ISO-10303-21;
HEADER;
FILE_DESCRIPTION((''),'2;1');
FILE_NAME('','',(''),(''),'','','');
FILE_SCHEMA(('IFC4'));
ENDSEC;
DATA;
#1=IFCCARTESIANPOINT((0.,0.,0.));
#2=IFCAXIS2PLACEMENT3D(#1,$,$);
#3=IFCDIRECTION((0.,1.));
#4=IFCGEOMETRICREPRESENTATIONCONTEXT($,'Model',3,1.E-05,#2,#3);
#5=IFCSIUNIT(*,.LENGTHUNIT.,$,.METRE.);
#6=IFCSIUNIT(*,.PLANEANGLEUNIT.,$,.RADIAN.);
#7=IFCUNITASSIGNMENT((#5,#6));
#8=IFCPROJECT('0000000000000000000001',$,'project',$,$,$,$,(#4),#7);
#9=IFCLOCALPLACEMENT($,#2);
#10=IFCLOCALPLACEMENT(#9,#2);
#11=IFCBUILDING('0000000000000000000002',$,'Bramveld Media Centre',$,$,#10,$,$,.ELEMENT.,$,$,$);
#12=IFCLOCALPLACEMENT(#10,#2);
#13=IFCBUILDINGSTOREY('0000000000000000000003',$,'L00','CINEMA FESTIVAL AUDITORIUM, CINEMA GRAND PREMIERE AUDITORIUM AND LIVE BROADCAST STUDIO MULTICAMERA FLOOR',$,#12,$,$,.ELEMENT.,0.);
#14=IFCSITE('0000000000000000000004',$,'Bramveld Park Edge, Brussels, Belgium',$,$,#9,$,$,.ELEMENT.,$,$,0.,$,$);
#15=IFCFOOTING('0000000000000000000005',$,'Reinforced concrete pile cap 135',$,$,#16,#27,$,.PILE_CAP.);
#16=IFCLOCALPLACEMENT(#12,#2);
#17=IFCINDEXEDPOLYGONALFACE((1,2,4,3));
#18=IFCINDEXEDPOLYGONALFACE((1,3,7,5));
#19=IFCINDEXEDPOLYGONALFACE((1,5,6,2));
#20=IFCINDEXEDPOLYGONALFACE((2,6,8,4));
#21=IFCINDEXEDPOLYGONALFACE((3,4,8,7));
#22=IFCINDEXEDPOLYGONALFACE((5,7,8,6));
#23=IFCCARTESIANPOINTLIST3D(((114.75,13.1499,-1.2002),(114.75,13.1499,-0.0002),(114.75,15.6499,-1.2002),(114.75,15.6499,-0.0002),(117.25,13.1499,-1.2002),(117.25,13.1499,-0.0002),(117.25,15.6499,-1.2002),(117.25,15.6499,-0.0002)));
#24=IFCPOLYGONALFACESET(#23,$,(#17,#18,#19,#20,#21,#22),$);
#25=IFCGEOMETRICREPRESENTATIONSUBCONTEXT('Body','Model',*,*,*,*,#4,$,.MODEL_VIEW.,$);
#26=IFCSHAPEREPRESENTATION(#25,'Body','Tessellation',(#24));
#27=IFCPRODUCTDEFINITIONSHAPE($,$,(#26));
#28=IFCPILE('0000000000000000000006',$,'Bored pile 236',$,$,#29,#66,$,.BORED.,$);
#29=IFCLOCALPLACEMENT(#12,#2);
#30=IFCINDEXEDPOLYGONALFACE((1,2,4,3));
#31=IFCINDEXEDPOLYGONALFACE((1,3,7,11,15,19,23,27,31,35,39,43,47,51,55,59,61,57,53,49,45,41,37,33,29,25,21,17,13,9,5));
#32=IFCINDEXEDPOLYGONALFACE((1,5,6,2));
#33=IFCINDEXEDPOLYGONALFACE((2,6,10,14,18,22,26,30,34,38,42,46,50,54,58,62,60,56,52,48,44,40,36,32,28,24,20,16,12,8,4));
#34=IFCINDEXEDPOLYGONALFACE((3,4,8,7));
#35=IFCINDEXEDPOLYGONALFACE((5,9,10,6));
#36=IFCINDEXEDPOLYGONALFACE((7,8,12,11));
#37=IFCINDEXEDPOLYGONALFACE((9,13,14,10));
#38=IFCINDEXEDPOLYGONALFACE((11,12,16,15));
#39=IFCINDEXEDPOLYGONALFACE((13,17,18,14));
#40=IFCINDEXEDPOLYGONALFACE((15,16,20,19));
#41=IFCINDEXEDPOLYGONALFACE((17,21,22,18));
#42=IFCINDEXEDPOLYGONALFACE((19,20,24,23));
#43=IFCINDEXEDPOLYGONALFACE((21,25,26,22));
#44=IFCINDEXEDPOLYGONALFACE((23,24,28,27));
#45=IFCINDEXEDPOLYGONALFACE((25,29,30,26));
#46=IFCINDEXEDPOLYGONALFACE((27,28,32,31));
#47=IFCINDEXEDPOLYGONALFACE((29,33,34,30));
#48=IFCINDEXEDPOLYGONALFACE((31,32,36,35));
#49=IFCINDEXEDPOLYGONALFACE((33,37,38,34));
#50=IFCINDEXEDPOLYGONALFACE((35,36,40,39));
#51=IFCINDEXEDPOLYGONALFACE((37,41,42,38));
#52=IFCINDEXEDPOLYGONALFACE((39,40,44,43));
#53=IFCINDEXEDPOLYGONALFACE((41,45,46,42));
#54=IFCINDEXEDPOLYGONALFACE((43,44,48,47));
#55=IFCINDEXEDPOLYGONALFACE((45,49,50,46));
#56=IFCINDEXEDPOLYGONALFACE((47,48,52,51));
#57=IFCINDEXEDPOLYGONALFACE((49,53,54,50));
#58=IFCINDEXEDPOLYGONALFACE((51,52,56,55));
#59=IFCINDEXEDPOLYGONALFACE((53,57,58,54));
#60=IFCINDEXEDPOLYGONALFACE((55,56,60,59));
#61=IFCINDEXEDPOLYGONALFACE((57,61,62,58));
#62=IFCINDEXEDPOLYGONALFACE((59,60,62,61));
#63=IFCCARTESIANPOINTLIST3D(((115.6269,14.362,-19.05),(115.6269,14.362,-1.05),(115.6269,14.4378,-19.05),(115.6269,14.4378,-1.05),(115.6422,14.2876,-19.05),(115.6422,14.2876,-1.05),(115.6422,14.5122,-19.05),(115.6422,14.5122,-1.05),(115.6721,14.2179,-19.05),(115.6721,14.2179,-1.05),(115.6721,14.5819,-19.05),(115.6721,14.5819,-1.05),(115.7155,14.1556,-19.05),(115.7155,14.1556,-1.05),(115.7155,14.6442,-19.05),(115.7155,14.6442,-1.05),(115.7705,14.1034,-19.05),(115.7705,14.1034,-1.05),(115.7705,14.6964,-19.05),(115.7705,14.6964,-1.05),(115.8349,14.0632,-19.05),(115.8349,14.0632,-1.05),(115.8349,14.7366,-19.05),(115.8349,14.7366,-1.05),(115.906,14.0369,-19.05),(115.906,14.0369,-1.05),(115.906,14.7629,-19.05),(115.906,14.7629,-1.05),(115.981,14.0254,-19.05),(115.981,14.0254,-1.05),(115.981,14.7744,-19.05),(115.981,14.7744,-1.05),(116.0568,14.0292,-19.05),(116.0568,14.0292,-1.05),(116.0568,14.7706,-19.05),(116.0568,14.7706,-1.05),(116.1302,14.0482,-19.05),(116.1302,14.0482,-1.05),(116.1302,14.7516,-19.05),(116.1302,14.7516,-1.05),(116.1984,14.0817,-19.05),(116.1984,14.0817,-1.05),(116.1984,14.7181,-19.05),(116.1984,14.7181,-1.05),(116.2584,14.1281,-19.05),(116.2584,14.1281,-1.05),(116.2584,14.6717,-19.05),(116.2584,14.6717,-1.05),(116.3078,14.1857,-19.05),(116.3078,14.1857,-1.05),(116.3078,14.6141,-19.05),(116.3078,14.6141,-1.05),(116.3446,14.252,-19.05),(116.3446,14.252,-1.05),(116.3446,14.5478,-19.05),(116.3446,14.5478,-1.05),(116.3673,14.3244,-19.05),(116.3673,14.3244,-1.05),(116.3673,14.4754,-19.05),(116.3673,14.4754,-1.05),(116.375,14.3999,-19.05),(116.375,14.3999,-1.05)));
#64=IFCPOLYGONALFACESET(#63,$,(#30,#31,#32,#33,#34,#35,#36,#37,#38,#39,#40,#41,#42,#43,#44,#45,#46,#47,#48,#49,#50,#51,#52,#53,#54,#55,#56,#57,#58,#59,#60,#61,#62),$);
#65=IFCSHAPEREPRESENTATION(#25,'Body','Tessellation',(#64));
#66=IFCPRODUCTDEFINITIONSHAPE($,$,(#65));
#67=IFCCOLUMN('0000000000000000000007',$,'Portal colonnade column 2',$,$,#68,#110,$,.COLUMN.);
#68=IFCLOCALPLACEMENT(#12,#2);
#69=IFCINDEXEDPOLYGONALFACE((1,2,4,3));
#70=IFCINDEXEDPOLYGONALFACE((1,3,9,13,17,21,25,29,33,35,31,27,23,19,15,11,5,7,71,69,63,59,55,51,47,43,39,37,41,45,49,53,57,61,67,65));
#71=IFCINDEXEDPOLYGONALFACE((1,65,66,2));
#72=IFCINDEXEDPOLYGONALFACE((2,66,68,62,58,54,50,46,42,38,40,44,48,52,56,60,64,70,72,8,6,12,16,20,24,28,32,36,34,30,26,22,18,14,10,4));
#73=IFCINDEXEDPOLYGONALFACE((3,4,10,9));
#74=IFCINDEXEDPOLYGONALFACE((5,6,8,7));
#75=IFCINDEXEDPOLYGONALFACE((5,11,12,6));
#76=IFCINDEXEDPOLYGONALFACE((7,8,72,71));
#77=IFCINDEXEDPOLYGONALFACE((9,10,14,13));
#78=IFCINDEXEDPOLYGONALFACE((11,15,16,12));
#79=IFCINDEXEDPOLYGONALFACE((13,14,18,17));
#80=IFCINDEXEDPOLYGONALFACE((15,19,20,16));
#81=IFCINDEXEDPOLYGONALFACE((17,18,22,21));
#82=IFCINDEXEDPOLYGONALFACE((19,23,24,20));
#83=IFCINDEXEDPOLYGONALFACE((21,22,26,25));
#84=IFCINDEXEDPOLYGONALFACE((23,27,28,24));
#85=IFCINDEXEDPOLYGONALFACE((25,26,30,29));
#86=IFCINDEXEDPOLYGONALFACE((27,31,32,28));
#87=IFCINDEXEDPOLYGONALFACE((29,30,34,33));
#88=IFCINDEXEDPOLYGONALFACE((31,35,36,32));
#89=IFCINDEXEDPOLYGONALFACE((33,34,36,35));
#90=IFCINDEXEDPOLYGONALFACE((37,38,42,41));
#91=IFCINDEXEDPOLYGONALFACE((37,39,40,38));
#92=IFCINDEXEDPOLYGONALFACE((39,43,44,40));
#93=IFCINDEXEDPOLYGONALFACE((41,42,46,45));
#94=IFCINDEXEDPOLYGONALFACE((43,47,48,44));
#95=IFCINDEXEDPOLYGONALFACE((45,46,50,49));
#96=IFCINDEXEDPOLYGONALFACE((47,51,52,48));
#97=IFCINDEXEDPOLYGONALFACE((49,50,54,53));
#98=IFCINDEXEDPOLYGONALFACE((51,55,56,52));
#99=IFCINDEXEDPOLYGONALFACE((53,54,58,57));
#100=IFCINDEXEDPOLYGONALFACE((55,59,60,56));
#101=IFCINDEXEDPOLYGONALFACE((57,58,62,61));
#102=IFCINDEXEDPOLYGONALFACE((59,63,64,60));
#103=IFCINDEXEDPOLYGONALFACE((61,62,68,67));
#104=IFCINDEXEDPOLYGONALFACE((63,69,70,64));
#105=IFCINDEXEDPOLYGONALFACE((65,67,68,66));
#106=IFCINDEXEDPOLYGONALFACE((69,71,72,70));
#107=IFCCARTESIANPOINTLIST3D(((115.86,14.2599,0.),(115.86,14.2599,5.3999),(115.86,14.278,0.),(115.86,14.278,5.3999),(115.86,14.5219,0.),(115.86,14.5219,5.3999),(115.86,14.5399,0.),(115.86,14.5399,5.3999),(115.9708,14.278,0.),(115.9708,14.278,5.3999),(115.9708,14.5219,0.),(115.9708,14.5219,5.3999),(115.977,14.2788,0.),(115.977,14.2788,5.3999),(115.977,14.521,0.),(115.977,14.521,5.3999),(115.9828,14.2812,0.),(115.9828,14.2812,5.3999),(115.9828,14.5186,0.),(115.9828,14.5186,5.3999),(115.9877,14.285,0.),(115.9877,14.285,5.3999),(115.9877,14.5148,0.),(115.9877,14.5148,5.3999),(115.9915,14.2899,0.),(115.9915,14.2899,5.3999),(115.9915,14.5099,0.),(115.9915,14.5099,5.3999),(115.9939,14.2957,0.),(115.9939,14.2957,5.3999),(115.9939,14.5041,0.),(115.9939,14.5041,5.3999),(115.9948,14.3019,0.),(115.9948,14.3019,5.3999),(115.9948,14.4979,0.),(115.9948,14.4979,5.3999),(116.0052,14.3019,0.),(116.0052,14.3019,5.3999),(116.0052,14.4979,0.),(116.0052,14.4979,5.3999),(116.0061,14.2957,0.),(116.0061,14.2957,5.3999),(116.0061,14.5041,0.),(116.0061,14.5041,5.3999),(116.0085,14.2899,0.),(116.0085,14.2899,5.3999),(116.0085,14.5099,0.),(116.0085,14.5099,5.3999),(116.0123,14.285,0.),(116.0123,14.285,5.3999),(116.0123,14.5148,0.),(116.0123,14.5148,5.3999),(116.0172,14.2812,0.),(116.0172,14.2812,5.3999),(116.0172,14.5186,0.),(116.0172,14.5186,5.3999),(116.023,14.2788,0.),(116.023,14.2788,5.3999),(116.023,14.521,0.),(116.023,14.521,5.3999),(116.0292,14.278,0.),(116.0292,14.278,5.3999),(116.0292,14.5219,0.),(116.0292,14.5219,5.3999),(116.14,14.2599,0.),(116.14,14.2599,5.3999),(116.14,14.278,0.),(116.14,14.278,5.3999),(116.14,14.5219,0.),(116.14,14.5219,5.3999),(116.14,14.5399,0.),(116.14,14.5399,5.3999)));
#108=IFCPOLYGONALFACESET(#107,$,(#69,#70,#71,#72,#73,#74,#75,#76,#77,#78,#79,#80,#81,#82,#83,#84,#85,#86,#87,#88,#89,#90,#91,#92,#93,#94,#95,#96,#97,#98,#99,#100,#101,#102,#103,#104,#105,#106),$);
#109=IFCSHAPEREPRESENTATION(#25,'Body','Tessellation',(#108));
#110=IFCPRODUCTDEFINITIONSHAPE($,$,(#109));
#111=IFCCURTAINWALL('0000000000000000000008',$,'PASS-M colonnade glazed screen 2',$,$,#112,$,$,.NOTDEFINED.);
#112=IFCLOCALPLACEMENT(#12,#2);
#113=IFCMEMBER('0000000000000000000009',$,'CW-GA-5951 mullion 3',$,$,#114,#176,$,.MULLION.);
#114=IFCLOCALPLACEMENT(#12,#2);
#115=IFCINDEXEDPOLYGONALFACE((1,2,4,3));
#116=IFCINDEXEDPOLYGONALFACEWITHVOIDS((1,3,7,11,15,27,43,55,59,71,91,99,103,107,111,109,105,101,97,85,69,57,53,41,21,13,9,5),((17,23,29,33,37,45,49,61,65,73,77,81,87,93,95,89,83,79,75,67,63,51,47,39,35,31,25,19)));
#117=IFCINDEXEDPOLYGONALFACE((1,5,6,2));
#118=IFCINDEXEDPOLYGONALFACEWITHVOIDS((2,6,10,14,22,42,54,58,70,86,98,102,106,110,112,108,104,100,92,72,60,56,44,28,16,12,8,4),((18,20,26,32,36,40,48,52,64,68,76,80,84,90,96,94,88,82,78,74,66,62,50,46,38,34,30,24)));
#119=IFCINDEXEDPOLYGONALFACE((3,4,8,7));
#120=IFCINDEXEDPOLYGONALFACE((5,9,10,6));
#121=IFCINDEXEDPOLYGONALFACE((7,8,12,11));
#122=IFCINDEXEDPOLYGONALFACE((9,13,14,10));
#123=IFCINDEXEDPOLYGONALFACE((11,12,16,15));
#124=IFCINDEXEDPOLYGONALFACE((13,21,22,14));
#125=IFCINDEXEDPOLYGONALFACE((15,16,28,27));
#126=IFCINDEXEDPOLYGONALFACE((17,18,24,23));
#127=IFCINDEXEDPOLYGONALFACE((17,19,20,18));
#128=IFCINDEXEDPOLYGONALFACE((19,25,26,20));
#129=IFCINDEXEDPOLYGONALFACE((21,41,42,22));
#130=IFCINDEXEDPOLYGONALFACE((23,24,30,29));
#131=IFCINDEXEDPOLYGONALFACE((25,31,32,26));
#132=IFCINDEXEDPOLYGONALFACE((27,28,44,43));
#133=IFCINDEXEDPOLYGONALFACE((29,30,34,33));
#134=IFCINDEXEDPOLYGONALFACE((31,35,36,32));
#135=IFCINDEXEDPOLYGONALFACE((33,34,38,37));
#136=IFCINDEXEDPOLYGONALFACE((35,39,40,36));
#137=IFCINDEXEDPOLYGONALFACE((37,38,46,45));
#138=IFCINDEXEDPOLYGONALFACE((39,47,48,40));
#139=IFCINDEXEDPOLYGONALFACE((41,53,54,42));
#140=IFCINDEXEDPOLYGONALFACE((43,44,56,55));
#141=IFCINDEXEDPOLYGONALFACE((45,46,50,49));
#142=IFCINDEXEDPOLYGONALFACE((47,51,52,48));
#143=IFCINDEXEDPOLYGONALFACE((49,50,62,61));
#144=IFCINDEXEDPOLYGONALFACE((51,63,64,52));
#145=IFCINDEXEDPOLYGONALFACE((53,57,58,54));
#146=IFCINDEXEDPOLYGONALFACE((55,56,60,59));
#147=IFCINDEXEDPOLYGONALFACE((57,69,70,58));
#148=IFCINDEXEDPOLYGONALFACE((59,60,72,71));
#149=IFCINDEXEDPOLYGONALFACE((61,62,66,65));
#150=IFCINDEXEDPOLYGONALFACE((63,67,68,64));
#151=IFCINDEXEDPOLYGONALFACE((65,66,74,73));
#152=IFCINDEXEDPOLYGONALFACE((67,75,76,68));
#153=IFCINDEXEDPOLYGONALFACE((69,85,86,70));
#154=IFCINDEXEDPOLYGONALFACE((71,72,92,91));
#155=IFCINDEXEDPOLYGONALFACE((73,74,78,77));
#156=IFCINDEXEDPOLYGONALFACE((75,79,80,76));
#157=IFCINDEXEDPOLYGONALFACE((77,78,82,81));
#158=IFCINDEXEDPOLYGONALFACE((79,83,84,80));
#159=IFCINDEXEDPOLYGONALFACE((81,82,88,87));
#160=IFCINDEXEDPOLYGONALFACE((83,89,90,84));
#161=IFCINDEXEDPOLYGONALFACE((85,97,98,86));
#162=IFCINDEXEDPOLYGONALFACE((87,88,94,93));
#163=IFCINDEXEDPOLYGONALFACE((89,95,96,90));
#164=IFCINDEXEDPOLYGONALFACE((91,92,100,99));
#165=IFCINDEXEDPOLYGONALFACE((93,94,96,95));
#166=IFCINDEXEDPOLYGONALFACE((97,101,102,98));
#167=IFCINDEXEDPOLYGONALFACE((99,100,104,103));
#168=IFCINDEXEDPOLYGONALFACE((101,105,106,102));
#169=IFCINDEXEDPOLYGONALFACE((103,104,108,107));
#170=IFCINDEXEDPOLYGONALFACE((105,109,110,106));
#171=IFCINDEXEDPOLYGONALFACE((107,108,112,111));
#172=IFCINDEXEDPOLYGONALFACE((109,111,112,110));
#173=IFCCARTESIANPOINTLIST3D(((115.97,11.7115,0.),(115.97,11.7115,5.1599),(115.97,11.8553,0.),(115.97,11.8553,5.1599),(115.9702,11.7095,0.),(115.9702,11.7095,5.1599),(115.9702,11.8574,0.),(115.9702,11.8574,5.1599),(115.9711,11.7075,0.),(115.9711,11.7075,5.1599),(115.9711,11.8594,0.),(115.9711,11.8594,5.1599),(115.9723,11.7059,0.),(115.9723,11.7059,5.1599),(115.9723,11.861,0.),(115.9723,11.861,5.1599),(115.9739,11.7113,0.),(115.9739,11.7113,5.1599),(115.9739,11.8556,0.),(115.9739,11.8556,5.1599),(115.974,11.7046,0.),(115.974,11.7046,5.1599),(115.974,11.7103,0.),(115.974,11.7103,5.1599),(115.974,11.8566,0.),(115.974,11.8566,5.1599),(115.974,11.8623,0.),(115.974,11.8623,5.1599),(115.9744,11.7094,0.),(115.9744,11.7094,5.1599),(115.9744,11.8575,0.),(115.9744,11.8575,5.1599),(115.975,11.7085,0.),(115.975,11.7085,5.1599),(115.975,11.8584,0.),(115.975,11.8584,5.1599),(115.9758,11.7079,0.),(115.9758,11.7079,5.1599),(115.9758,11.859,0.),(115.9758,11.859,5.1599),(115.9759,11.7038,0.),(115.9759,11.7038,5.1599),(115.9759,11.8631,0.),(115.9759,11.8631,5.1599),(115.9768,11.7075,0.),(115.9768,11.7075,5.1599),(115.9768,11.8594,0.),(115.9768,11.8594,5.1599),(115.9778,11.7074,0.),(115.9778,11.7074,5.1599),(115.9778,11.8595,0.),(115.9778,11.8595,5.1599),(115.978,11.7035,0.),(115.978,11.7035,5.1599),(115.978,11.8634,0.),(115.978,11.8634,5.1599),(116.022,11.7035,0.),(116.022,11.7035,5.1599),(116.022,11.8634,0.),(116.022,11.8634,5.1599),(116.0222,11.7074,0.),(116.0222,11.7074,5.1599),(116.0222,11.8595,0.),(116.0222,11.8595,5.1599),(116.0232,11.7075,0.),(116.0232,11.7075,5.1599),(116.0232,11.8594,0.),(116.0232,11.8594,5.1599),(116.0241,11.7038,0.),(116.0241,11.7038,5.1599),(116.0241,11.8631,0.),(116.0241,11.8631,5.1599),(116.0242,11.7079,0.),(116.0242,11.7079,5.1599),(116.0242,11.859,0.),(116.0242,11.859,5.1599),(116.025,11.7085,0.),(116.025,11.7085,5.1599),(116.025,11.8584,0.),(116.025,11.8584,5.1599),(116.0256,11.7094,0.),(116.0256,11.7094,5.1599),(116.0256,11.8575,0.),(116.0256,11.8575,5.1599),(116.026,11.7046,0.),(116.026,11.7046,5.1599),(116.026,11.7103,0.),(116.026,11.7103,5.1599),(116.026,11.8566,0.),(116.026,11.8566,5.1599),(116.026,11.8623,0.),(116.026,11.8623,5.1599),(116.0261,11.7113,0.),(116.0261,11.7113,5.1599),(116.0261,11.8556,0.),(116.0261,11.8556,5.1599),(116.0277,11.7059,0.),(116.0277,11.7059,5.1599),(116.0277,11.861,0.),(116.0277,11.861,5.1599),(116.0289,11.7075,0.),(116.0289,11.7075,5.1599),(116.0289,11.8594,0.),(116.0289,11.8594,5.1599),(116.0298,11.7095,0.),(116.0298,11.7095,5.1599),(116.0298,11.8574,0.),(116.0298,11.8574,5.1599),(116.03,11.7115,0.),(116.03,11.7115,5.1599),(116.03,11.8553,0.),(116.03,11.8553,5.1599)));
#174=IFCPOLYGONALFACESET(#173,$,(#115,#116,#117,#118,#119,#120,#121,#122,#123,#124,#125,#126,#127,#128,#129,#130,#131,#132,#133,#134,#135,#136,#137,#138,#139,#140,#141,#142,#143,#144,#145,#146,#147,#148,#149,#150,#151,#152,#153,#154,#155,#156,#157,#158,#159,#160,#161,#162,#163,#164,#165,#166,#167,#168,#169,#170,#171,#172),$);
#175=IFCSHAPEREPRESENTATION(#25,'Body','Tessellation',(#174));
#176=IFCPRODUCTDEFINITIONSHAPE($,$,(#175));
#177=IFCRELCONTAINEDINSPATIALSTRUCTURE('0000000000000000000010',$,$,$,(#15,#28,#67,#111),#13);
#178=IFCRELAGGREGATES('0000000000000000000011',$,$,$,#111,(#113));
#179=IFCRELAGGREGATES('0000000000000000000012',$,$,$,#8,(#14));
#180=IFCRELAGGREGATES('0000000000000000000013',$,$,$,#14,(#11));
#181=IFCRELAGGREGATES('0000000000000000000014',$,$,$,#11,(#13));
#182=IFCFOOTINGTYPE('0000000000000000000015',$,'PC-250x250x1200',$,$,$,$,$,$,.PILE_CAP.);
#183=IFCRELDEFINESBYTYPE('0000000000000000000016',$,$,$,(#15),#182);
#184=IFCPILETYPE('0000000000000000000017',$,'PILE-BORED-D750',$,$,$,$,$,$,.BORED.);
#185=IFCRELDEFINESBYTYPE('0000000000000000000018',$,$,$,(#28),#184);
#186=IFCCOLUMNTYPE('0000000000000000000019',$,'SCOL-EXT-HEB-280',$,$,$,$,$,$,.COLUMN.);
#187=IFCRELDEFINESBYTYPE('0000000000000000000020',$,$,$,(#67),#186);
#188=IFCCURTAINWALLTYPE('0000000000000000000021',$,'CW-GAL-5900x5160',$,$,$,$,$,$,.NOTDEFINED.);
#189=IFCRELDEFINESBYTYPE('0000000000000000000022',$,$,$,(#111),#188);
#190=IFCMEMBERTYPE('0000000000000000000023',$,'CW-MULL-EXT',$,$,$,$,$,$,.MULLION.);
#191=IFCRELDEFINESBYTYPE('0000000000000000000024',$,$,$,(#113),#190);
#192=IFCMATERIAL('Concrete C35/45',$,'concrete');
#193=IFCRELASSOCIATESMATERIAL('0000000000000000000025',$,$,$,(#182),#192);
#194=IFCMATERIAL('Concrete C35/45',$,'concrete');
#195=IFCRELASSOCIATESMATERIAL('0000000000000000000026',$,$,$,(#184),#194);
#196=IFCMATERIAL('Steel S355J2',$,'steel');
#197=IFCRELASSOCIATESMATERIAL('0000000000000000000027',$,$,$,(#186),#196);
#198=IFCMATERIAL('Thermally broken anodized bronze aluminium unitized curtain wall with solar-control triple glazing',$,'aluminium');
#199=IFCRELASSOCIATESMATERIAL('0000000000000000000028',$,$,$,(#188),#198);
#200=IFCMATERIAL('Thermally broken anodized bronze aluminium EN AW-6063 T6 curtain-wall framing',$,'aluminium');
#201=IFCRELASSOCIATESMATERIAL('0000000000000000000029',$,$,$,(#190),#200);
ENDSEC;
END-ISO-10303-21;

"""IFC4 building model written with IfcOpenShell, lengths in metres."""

from ifc_helpers import new_model, si_unit, direction, frame, origin, origin_2d, place, context, subcontext, project, spatial, rectangle, hollow_rectangle, circle, i_section, extrude, material, material_profile, profile_set, type_object, element, aggregate, save


model = new_model("IFC4")

# Units and contexts
model_context = context("Model", 3, precision=1e-05, world=origin(), true_north=direction((0.0, 1.0)))
body_context = subcontext(model_context, "Body", "Model", "MODEL_VIEW")
ifc_project = project(units=[si_unit("LENGTHUNIT", "METRE"), si_unit("PLANEANGLEUNIT", "RADIAN")], contexts=[model_context])

# Site, building, storey
site_placement = place(None, origin())
site = spatial("IfcSite", under=ifc_project, at=site_placement, Name="Bramveld Park Edge, Brussels, Belgium", CompositionType="ELEMENT", RefElevation=0.0)
building_placement = place(site_placement, origin())
building = spatial("IfcBuilding", under=site, at=building_placement, Name="Bramveld Media Centre", CompositionType="ELEMENT")
storey_placement = place(building_placement, origin())
storey = spatial("IfcBuildingStorey", under=building, at=storey_placement, Name="L00", Description="CINEMA FESTIVAL AUDITORIUM, CINEMA GRAND PREMIERE AUDITORIUM AND LIVE BROADCAST STUDIO MULTICAMERA FLOOR", CompositionType="ELEMENT", Elevation=0.0)

# Footing
ifc_material_1 = material(Name="Concrete C35/45", Category="concrete")
footing_type = type_object("IfcFootingType", Name="PC-250x250x1200", PredefinedType="PILE_CAP", material=ifc_material_1)
footing_placement = place(storey_placement, frame((116.0, 14.3999, -1.2002), z_axis=(0.0, 0.0, 1.0), x_axis=(1.0, 0.0, 0.0)))
element("IfcFooting", 1, at=footing_placement, inside=storey, type_object=footing_type, Name="Reinforced concrete pile cap 135", PredefinedType="PILE_CAP", context=body_context, shape_type="SweptSolid", body=[
    extrude(rectangle(XDim=2.5, YDim=2.5, at=origin_2d()), origin(), (0.0, 0.0, 1.0), 1.2),
])

# Pile
ifc_material_2 = material(Name="Concrete C35/45", Category="concrete")
ifc_material_profile_1 = material_profile(ifc_material_2, circle(Radius=0.375, at=origin_2d()), Name="BORED D750")
ifc_profile_set_1 = profile_set([ifc_material_profile_1], Name="Concrete C35/45")
pile_type = type_object("IfcPileType", Name="PILE-BORED-D750", PredefinedType="BORED", material=ifc_profile_set_1)
pile_placement = place(storey_placement, frame((116.0, 14.3999, -1.05), z_axis=(0.0, 0.0, -1.0), x_axis=(1.0, 0.0, 0.0)))
element("IfcPile", 2, at=pile_placement, inside=storey, type_object=pile_type, Name="Bored pile 236", PredefinedType="BORED", context=body_context, shape_type="SweptSolid", body=[
    extrude(circle(Radius=0.375, at=origin_2d()), origin(), (0.0, 0.0, 1.0), 18.0),
])

# Column
ifc_material_3 = material(Name="Steel S355J2", Category="steel")
ifc_material_profile_2 = material_profile(ifc_material_3, i_section(OverallWidth=0.28, OverallDepth=0.28, WebThickness=0.0105, FlangeThickness=0.0181, FilletRadius=0.0239, at=origin_2d()), Name="HEB 280")
ifc_profile_set_2 = profile_set([ifc_material_profile_2], Name="Steel S355J2")
column_type = type_object("IfcColumnType", Name="SCOL-EXT-HEB-280", PredefinedType="COLUMN", material=ifc_profile_set_2)
column_placement = place(storey_placement, frame((116.0, 14.3999, 0.0), z_axis=(0.0, 0.0, 1.0), x_axis=(1.0, 0.0, 0.0)))
element("IfcColumn", 3, at=column_placement, inside=storey, type_object=column_type, Name="Portal colonnade column 2", PredefinedType="COLUMN", context=body_context, shape_type="SweptSolid", body=[
    extrude(i_section(OverallWidth=0.28, OverallDepth=0.28, WebThickness=0.0105, FlangeThickness=0.0181, FilletRadius=0.0239, at=origin_2d()), origin(), (0.0, 0.0, 1.0), 5.3999),
])

# Curtain wall, member
ifc_material_4 = material(Name="Thermally broken anodized bronze aluminium unitized curtain wall with solar-control triple glazing", Category="aluminium")
curtain_wall_type = type_object("IfcCurtainWallType", Name="CW-GAL-5900x5160", PredefinedType="NOTDEFINED", material=ifc_material_4)
curtain_wall_1_placement = place(storey_placement, origin())
curtain_wall_1 = element("IfcCurtainWall", 4, at=curtain_wall_1_placement, inside=storey, type_object=curtain_wall_type, Name="PASS-M colonnade glazed screen 2", PredefinedType="NOTDEFINED")
ifc_material_5 = material(Name="Thermally broken anodized bronze aluminium EN AW-6063 T6 curtain-wall framing", Category="aluminium")
ifc_material_profile_3 = material_profile(ifc_material_5, hollow_rectangle(XDim=0.0601, YDim=0.1599, WallThickness=0.0039, InnerFilletRadius=0.0039, OuterFilletRadius=0.0081, at=origin_2d()), Name="AL-MULL 60x160")
ifc_profile_set_3 = profile_set([ifc_material_profile_3], Name="Thermally broken anodized bronze aluminium EN AW-6063 T6 curtain-wall framing")
member_type_1 = type_object("IfcMemberType", Name="CW-MULL-EXT", PredefinedType="MULLION", material=ifc_profile_set_3)
member_1_placement = place(storey_placement, frame((116.0, 11.7834, 0.0), z_axis=(0.0, 0.0, 1.0), x_axis=(-1.0, 0.0, 0.0)))
member_1 = element("IfcMember", 5, at=member_1_placement, type_object=member_type_1, Name="CW-GA-5951 mullion 3", PredefinedType="MULLION", context=body_context, shape_type="SweptSolid", body=[
    extrude(hollow_rectangle(XDim=0.0601, YDim=0.1599, WallThickness=0.0039, InnerFilletRadius=0.0039, OuterFilletRadius=0.0081, at=origin_2d()), origin(), (0.0, 0.0, 1.0), 5.1599),
])

aggregate(curtain_wall_1, [member_1])

save(model, "model.ifc")
